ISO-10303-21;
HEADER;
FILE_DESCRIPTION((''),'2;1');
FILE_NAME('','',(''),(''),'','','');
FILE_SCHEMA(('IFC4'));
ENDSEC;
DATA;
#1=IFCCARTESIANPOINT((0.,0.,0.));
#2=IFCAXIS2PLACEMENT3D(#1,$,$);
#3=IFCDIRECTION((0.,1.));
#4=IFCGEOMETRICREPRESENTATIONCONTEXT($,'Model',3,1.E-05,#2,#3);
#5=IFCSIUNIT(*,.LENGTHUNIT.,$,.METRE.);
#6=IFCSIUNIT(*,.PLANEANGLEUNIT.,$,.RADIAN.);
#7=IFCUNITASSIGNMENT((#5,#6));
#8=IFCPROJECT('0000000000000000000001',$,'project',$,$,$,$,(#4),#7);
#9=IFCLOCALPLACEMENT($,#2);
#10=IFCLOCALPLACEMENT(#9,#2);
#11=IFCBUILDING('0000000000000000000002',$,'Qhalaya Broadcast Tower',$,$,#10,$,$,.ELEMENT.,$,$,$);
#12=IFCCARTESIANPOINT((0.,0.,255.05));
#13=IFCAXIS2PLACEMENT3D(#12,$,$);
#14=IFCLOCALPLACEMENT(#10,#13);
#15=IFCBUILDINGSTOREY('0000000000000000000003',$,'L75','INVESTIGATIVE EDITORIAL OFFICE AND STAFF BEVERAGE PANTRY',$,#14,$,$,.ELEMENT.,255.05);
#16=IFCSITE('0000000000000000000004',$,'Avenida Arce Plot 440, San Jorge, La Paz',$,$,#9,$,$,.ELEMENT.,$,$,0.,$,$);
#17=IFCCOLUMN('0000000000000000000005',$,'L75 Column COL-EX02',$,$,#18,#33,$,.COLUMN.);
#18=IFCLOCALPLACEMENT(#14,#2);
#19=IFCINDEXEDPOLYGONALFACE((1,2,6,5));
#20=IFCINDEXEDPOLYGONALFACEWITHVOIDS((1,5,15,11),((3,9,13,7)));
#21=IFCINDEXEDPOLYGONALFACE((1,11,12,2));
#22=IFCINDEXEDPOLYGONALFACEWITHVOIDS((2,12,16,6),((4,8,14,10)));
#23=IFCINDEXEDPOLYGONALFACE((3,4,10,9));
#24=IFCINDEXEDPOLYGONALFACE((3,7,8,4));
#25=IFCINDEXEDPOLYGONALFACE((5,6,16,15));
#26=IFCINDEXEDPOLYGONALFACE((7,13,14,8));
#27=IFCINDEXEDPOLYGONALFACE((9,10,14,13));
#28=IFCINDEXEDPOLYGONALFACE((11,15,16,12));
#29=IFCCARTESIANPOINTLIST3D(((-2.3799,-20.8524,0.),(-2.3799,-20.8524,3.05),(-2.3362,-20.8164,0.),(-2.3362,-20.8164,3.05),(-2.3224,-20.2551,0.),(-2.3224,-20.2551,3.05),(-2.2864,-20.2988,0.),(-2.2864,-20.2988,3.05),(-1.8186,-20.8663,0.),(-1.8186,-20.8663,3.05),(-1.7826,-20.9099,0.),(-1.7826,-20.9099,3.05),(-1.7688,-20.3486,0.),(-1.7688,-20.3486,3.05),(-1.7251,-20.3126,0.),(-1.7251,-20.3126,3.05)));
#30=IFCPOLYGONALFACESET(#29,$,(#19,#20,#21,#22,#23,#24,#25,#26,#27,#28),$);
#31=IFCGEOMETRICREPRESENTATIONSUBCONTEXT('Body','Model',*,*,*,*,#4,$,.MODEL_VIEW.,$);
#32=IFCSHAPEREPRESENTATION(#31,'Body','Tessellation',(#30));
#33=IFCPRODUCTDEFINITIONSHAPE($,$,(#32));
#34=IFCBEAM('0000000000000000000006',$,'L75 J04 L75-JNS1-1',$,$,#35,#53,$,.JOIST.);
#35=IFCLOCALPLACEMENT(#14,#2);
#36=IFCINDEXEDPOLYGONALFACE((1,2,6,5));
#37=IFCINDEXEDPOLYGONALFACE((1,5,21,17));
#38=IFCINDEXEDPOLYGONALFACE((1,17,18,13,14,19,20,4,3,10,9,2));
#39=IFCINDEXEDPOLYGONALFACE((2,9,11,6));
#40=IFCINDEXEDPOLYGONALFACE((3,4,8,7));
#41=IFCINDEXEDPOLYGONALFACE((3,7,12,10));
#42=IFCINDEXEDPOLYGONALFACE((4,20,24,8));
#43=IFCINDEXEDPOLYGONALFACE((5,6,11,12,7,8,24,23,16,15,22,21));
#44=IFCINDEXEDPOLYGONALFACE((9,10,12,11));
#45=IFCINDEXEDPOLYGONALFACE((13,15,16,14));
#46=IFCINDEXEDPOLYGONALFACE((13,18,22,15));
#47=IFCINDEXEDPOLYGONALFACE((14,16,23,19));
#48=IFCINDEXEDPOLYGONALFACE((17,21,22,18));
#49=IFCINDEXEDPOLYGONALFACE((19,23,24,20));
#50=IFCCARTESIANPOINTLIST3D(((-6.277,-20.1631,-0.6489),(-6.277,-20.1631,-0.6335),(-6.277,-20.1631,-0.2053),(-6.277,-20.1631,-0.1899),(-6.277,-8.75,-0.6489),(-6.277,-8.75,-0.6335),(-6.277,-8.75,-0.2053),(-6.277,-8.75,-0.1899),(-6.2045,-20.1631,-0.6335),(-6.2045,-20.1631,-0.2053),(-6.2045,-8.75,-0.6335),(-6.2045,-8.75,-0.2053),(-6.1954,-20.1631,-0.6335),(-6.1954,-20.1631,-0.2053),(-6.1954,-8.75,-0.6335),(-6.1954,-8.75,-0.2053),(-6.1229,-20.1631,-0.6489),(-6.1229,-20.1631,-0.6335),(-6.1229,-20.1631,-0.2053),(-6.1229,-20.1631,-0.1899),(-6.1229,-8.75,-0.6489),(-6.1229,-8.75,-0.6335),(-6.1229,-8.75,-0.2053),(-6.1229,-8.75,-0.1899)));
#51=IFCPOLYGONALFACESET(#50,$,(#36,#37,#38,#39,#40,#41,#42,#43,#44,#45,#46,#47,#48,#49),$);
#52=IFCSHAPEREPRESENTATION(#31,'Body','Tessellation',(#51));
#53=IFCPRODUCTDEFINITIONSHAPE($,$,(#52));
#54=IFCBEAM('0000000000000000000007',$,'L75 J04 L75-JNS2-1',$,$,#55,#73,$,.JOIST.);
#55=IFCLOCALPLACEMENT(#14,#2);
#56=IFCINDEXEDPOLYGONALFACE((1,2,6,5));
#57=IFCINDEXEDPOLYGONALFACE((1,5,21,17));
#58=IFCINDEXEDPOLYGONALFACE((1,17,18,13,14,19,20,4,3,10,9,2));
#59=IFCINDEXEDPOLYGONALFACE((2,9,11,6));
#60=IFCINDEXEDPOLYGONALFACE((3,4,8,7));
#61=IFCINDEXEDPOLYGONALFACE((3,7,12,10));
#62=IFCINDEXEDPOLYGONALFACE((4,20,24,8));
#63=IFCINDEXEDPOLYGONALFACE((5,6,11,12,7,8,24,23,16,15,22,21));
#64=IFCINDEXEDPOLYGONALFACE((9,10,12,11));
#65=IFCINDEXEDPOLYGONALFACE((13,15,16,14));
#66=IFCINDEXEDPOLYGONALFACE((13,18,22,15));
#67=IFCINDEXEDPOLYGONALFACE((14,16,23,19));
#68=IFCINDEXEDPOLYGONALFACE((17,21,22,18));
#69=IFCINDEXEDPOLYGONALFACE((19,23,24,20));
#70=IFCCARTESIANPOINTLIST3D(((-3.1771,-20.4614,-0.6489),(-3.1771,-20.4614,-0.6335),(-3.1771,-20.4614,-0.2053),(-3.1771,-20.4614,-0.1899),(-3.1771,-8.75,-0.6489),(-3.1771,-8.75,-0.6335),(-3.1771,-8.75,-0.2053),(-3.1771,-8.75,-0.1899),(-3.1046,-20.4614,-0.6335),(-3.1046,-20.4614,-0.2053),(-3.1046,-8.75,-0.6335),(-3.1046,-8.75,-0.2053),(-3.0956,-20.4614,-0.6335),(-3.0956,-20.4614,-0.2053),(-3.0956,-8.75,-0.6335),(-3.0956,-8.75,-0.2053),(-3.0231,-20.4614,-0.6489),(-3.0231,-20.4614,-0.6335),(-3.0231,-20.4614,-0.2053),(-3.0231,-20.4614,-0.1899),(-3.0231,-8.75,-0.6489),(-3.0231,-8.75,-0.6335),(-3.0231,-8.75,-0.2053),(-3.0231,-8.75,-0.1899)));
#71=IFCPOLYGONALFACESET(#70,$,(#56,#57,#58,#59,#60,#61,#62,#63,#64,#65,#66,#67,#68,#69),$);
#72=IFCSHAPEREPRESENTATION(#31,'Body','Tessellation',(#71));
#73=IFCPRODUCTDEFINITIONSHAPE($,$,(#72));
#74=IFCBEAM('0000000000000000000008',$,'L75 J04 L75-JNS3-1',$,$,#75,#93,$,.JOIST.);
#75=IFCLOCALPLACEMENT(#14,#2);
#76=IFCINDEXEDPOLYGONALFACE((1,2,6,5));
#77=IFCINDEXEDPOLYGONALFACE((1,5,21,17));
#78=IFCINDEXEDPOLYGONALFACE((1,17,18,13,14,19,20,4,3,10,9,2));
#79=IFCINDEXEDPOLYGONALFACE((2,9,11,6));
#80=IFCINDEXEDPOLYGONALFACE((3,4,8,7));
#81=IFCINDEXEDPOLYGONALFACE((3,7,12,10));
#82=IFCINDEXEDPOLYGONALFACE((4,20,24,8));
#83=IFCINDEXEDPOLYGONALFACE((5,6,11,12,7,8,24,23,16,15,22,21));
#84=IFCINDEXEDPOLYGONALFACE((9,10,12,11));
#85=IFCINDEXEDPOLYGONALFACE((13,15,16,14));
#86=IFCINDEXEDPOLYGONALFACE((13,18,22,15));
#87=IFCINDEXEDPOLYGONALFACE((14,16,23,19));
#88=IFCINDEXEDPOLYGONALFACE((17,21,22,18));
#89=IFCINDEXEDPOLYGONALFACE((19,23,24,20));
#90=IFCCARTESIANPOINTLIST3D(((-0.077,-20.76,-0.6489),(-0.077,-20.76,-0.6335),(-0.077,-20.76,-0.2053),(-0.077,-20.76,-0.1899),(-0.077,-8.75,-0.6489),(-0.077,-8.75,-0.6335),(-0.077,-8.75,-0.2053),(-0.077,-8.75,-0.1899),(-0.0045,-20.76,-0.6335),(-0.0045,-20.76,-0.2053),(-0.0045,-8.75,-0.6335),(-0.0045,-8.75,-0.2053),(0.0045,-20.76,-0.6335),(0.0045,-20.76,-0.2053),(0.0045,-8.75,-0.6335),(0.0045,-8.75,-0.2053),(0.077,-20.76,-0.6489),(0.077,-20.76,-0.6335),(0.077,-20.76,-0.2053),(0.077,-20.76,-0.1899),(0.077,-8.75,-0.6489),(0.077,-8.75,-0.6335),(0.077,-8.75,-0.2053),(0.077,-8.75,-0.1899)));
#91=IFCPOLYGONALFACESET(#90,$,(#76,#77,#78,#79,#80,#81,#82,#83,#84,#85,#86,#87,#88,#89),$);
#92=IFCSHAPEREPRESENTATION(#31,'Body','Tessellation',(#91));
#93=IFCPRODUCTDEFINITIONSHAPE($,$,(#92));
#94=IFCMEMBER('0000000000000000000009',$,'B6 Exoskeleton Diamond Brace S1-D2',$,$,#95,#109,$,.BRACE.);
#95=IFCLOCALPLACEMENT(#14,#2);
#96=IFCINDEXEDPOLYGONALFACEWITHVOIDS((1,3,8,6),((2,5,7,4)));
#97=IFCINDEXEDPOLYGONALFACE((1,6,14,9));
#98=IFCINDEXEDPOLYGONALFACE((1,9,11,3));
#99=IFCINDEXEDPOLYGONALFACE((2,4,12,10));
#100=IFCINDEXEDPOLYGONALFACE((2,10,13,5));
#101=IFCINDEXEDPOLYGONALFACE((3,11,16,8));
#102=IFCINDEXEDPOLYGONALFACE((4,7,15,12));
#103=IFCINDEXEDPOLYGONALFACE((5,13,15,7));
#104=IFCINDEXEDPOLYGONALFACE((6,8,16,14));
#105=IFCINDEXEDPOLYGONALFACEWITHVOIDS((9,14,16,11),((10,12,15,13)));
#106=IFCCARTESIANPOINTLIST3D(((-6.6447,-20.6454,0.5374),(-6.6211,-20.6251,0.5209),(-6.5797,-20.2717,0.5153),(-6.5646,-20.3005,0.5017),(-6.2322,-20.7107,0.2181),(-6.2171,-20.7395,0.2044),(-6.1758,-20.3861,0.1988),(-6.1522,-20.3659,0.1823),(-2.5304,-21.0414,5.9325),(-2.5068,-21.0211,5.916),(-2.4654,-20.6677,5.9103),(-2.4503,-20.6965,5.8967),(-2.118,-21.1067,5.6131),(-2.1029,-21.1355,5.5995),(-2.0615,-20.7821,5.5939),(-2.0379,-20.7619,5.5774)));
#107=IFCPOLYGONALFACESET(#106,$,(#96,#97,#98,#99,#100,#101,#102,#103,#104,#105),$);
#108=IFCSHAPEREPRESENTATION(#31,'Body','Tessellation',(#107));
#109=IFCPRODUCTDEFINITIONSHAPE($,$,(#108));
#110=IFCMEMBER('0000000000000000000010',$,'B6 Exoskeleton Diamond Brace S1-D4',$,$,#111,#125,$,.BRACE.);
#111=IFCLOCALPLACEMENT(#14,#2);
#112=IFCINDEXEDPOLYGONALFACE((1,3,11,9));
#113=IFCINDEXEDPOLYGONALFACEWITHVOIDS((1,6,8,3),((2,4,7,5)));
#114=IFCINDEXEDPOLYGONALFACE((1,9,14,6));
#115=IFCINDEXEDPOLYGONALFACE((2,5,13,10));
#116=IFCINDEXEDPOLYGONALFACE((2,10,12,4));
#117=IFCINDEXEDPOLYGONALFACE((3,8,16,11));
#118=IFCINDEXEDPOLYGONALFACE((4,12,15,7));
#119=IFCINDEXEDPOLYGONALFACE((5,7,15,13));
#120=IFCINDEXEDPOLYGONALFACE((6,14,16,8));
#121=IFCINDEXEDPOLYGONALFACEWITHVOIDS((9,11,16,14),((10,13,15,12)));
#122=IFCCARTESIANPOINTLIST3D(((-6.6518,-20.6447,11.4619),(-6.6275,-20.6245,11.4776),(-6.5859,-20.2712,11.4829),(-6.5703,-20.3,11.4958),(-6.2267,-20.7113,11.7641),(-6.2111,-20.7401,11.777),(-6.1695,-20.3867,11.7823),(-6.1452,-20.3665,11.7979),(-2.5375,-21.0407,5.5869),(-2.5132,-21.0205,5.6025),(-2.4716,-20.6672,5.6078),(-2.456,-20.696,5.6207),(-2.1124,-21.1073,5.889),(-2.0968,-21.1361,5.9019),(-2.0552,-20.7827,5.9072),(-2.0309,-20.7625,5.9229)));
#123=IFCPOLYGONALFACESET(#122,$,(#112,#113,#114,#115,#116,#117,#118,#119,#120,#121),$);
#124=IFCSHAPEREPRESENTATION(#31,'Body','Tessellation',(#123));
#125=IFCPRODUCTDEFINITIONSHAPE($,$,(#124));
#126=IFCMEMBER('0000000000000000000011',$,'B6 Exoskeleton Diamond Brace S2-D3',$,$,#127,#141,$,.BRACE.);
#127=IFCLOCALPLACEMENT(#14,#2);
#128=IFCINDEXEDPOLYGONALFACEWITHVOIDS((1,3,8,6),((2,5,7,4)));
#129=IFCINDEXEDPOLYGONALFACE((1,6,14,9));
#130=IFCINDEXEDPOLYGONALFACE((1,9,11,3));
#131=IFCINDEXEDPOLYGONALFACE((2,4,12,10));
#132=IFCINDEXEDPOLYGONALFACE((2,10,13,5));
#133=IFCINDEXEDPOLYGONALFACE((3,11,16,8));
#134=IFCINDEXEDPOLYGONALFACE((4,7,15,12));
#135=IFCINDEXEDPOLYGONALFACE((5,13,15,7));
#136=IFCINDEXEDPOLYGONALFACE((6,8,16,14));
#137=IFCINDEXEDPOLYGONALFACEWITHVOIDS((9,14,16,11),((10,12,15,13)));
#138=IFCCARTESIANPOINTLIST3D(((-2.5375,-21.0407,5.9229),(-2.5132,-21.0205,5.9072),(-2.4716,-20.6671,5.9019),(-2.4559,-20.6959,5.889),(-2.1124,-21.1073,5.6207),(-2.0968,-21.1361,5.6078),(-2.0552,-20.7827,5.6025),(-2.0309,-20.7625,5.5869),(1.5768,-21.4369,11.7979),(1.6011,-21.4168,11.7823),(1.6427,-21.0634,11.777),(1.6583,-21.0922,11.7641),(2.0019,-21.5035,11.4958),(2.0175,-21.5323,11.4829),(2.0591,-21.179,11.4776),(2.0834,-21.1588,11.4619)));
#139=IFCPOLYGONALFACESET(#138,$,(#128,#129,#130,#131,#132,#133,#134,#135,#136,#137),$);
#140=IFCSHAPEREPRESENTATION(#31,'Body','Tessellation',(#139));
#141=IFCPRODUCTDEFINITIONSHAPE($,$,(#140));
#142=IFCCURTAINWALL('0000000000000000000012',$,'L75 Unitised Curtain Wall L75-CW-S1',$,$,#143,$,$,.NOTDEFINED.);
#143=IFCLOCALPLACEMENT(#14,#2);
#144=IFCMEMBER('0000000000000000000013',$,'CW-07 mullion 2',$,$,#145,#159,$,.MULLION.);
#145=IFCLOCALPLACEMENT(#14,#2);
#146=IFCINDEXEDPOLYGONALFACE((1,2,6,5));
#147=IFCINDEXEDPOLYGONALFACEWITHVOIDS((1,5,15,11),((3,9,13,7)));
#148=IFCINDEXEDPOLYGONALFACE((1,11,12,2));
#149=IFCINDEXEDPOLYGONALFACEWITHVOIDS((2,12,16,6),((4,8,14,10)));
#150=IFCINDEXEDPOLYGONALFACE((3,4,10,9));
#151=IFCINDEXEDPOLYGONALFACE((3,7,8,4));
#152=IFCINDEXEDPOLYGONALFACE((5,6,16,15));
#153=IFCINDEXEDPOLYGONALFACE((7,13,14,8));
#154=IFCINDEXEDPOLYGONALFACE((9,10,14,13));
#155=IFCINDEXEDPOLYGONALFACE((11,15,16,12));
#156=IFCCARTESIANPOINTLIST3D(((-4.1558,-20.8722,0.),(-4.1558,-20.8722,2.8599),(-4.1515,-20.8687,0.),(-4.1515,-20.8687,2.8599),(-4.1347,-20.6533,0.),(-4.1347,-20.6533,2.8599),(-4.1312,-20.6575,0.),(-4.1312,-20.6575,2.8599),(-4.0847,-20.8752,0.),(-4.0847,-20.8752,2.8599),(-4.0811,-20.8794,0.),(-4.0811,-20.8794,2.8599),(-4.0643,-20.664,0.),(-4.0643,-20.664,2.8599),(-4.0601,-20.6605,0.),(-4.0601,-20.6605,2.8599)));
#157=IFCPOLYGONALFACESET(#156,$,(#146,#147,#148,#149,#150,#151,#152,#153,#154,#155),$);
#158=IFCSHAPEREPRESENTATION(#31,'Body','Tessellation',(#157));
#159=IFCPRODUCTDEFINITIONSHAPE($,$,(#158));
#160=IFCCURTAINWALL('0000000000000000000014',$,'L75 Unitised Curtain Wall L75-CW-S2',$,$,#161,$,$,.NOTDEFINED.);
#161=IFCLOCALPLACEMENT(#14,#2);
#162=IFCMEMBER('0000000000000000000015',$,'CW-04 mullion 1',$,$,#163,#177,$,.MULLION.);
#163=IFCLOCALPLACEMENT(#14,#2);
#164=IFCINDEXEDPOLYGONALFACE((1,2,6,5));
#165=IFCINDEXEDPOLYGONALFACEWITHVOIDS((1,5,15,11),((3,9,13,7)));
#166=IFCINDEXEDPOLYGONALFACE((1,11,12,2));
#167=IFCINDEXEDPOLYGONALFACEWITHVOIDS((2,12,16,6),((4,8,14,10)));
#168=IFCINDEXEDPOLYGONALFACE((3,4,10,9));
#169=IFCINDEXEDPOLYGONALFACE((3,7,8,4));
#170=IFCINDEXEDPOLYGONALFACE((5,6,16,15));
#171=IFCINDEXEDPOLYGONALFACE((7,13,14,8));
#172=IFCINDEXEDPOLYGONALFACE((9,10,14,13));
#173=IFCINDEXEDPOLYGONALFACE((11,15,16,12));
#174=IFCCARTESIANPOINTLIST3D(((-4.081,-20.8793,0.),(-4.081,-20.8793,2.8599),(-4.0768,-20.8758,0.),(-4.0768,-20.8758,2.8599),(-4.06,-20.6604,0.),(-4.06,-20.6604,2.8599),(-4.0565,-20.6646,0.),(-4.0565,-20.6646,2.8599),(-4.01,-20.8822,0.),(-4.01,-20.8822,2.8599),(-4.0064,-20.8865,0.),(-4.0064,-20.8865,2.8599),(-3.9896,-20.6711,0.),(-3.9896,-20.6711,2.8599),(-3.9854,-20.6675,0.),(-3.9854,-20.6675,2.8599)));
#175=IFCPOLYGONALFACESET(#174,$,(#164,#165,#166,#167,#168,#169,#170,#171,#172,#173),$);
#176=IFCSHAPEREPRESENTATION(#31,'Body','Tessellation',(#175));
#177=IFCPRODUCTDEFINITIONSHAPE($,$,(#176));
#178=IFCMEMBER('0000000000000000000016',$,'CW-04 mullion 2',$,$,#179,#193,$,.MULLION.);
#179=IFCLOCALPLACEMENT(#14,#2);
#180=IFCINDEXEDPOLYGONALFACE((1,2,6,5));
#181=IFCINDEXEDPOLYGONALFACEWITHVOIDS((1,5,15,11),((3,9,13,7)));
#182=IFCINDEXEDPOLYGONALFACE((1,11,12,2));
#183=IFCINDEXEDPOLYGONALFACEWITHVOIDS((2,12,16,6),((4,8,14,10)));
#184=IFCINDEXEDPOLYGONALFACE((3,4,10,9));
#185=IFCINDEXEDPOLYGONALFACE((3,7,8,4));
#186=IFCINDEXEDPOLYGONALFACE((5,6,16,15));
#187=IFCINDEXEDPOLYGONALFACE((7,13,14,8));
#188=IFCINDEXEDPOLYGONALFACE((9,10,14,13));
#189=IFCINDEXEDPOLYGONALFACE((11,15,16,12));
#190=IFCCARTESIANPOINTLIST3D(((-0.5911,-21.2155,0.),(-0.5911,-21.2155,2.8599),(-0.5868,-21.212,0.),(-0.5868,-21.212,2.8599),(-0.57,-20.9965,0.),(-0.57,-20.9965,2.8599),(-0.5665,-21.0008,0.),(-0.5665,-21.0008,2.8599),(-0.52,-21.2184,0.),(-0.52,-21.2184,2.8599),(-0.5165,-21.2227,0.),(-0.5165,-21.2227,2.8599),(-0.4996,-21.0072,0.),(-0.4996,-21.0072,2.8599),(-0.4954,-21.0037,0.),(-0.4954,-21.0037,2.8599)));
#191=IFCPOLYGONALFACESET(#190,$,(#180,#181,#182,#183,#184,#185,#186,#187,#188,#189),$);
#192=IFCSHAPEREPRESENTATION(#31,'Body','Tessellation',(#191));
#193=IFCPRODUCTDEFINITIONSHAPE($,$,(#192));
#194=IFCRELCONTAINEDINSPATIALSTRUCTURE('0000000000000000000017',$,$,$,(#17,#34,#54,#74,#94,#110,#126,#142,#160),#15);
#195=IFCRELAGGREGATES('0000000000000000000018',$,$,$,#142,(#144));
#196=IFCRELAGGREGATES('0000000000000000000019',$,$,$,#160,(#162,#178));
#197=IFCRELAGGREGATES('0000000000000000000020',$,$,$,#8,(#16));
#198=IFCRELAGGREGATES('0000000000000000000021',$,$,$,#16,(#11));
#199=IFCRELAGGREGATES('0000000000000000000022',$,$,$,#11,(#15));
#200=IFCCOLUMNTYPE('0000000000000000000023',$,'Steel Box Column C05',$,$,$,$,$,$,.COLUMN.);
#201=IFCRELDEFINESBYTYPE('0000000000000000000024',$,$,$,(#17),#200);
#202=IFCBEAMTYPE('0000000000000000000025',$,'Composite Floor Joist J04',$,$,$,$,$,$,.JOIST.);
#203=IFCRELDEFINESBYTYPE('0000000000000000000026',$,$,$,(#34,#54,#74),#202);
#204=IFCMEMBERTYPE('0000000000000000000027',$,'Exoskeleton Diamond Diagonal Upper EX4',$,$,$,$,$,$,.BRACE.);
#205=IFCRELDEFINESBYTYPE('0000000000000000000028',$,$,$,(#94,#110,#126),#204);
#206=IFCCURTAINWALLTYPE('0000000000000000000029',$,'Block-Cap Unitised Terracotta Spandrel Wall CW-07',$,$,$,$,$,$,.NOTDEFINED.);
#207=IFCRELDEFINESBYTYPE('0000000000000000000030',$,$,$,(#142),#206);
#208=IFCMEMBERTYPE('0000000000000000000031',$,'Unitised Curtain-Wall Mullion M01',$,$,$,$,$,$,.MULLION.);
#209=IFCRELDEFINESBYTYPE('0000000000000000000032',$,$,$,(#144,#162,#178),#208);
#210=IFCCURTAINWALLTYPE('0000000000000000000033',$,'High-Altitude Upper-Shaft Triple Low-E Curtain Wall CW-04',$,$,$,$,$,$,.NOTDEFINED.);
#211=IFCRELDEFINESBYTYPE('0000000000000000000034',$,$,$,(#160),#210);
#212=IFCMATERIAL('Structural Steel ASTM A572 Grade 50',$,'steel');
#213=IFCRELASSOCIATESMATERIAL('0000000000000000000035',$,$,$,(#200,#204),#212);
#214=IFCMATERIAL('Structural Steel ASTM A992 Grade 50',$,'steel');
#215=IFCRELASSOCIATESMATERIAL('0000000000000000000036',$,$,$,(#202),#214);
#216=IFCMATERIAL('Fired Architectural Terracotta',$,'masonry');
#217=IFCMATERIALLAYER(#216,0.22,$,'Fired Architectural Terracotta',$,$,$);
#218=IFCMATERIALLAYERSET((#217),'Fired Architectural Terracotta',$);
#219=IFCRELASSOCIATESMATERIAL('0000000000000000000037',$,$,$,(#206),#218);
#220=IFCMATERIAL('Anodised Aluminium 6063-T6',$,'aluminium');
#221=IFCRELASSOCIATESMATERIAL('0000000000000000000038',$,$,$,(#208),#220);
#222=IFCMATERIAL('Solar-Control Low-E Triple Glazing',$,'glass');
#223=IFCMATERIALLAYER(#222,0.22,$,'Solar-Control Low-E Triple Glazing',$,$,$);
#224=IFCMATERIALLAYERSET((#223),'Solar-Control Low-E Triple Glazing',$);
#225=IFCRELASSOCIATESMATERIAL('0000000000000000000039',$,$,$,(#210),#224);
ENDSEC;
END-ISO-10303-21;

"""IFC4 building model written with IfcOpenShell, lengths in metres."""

from ifc_helpers import new_model, si_unit, direction, frame, origin, origin_2d, place, context, subcontext, project, spatial, hollow_rectangle, i_section, extrude, material, layer, layer_set, material_profile, profile_set, type_object, element, aggregate, save


model = new_model("IFC4")

# Units and contexts
model_context = context("Model", 3, precision=1e-05, world=origin(), true_north=direction((0.0, 1.0)))
body_context = subcontext(model_context, "Body", "Model", "MODEL_VIEW")
ifc_project = project(units=[si_unit("LENGTHUNIT", "METRE"), si_unit("PLANEANGLEUNIT", "RADIAN")], contexts=[model_context])

# Site, building, storey
site_placement = place(None, origin())
site = spatial("IfcSite", under=ifc_project, at=site_placement, Name="Avenida Arce Plot 440, San Jorge, La Paz", CompositionType="ELEMENT", RefElevation=0.0)
building_placement = place(site_placement, origin())
building = spatial("IfcBuilding", under=site, at=building_placement, Name="Qhalaya Broadcast Tower", CompositionType="ELEMENT")
storey_placement = place(building_placement, frame((0.0, 0.0, 255.05)))
storey = spatial("IfcBuildingStorey", under=building, at=storey_placement, Name="L75", Description="INVESTIGATIVE EDITORIAL OFFICE AND STAFF BEVERAGE PANTRY", CompositionType="ELEMENT", Elevation=255.05)

# Column
ifc_material_1 = material(Name="Structural Steel ASTM A572 Grade 50", Category="steel")
ifc_material_profile_1 = material_profile(ifc_material_1, hollow_rectangle(XDim=0.6001, YDim=0.6001, WallThickness=0.04, at=origin_2d()), Name="BOX 600x600x40")
ifc_profile_set_1 = profile_set([ifc_material_profile_1], Name="Structural Steel ASTM A572 Grade 50")
column_type = type_object("IfcColumnType", Name="Steel Box Column C05", PredefinedType="COLUMN", material=ifc_profile_set_1)
column_placement = place(storey_placement, frame((-2.0525, -20.5825, 0.0), z_axis=(0.0, 0.0, 1.0), x_axis=(0.995396, -0.095846, 0.0)))
element("IfcColumn", 1, at=column_placement, inside=storey, type_object=column_type, Name="L75 Column COL-EX02", PredefinedType="COLUMN", context=body_context, shape_type="SweptSolid", body=[
    extrude(hollow_rectangle(XDim=0.6001, YDim=0.6001, WallThickness=0.04, at=origin_2d()), origin(), (0.0, 0.0, 1.0), 3.05),
])

# Beams
ifc_material_2 = material(Name="Structural Steel ASTM A992 Grade 50", Category="steel")
ifc_material_profile_2 = material_profile(ifc_material_2, i_section(OverallWidth=0.1541, OverallDepth=0.459, WebThickness=0.009, FlangeThickness=0.0154, at=origin_2d()), Name="W18X46")
ifc_profile_set_2 = profile_set([ifc_material_profile_2], Name="Structural Steel ASTM A992 Grade 50")
beam_type_1 = type_object("IfcBeamType", Name="Composite Floor Joist J04", PredefinedType="JOIST", material=ifc_profile_set_2)
beam_1_placement = place(storey_placement, frame((-6.2, -20.1631, -0.4194), z_axis=(0.0, 1.0, 0.0), x_axis=(-1.0, 0.0, 0.0)))
element("IfcBeam", 2, at=beam_1_placement, inside=storey, type_object=beam_type_1, Name="L75 J04 L75-JNS1-1", PredefinedType="JOIST", context=body_context, shape_type="SweptSolid", body=[
    extrude(i_section(OverallWidth=0.1541, OverallDepth=0.459, WebThickness=0.009, FlangeThickness=0.0154, at=origin_2d()), origin(), (0.0, 0.0, 1.0), 11.4131),
])
beam_2_placement = place(storey_placement, frame((-3.1001, -20.4614, -0.4194), z_axis=(0.0, 1.0, 0.0), x_axis=(-1.0, 0.0, 0.0)))
element("IfcBeam", 3, at=beam_2_placement, inside=storey, type_object=beam_type_1, Name="L75 J04 L75-JNS2-1", PredefinedType="JOIST", context=body_context, shape_type="SweptSolid", body=[
    extrude(i_section(OverallWidth=0.1541, OverallDepth=0.459, WebThickness=0.009, FlangeThickness=0.0154, at=origin_2d()), origin(), (0.0, 0.0, 1.0), 11.7114),
])
beam_3_placement = place(storey_placement, frame((0.0, -20.76, -0.4194), z_axis=(0.0, 1.0, 0.0), x_axis=(-1.0, 0.0, 0.0)))
element("IfcBeam", 4, at=beam_3_placement, inside=storey, type_object=beam_type_1, Name="L75 J04 L75-JNS3-1", PredefinedType="JOIST", context=body_context, shape_type="SweptSolid", body=[
    extrude(i_section(OverallWidth=0.1541, OverallDepth=0.459, WebThickness=0.009, FlangeThickness=0.0154, at=origin_2d()), origin(), (0.0, 0.0, 1.0), 12.01),
])

# Members
ifc_material_profile_3 = material_profile(ifc_material_1, hollow_rectangle(XDim=0.3799, YDim=0.55, WallThickness=0.0249, at=origin_2d()), Name="BOX 380x550x25")
ifc_profile_set_3 = profile_set([ifc_material_profile_3], Name="Structural Steel ASTM A572 Grade 50")
member_type_1 = type_object("IfcMemberType", Name="Exoskeleton Diamond Diagonal Upper EX4", PredefinedType="BRACE", material=ifc_profile_set_3)
member_1_placement = place(storey_placement, frame((-6.3984, -20.5056, 0.3599), z_axis=(0.605364, -0.058266, 0.793813), x_axis=(0.171099, 0.983528, -0.05829)))
element("IfcMember", 5, at=member_1_placement, inside=storey, type_object=member_type_1, Name="B6 Exoskeleton Diamond Brace S1-D2", PredefinedType="BRACE", context=body_context, shape_type="SweptSolid", body=[
    extrude(hollow_rectangle(XDim=0.3799, YDim=0.55, WallThickness=0.0249, at=origin_2d()), origin(), (0.0, 0.0, 1.0), 6.7964),
])
for number, where, z_axis, x_axis, name in (
    (6, (-2.2842, -20.9016, 5.7549), (-0.572755, 0.055127, 0.817871), (-0.173395, -0.983307, -0.05515), "B6 Exoskeleton Diamond Brace S1-D4"),
    (7, (-2.2842, -20.9016, 5.7549), (0.572753, -0.055161, 0.81787), (0.173452, 0.983297, -0.05515), "B6 Exoskeleton Diamond Brace S2-D3"),
):
    element("IfcMember", number, at=place(storey_placement, frame(where, z_axis=z_axis, x_axis=x_axis)), inside=storey, type_object=member_type_1, Name=name, PredefinedType="BRACE", context=body_context, shape_type="SweptSolid", body=[
        extrude(hollow_rectangle(XDim=0.3799, YDim=0.55, WallThickness=0.0249, at=origin_2d()), origin(), (0.0, 0.0, 1.0), 7.1833),
    ])

# Curtain wall, member
ifc_material_3 = material(Name="Fired Architectural Terracotta", Category="masonry")
ifc_layer_1 = layer(ifc_material_3, 0.22, Name="Fired Architectural Terracotta")
ifc_layer_set_1 = layer_set([ifc_layer_1], Name="Fired Architectural Terracotta")
curtain_wall_type_1 = type_object("IfcCurtainWallType", Name="Block-Cap Unitised Terracotta Spandrel Wall CW-07", PredefinedType="NOTDEFINED", material=ifc_layer_set_1)
curtain_wall_1_placement = place(storey_placement, origin())
curtain_wall_1 = element("IfcCurtainWall", 8, at=curtain_wall_1_placement, inside=storey, type_object=curtain_wall_type_1, Name="L75 Unitised Curtain Wall L75-CW-S1", PredefinedType="NOTDEFINED")
ifc_material_4 = material(Name="Anodised Aluminium 6063-T6", Category="aluminium")
ifc_material_profile_4 = material_profile(ifc_material_4, hollow_rectangle(XDim=0.075, YDim=0.22, WallThickness=0.0039, at=origin_2d()), Name="ALU-MUL 75x220x4")
ifc_profile_set_4 = profile_set([ifc_material_profile_4], Name="Anodised Aluminium 6063-T6")
member_type_2 = type_object("IfcMemberType", Name="Unitised Curtain-Wall Mullion M01", PredefinedType="MULLION", material=ifc_profile_set_4)
member_2_placement = place(storey_placement, frame((-4.1079, -20.7664, 0.0), z_axis=(0.0, 0.0, 1.0), x_axis=(0.995396, -0.095848, 0.0)))
member_2 = element("IfcMember", 9, at=member_2_placement, type_object=member_type_2, Name="CW-07 mullion 2", PredefinedType="MULLION", context=body_context, shape_type="SweptSolid", body=[
    extrude(hollow_rectangle(XDim=0.075, YDim=0.22, WallThickness=0.0039, at=origin_2d()), origin(), (0.0, 0.0, 1.0), 2.8599),
])
aggregate(curtain_wall_1, [member_2])

# Curtain wall, members
ifc_material_5 = material(Name="Solar-Control Low-E Triple Glazing", Category="glass")
ifc_layer_2 = layer(ifc_material_5, 0.22, Name="Solar-Control Low-E Triple Glazing")
ifc_layer_set_2 = layer_set([ifc_layer_2], Name="Solar-Control Low-E Triple Glazing")
curtain_wall_type_2 = type_object("IfcCurtainWallType", Name="High-Altitude Upper-Shaft Triple Low-E Curtain Wall CW-04", PredefinedType="NOTDEFINED", material=ifc_layer_set_2)
curtain_wall_2_placement = place(storey_placement, origin())
curtain_wall_2 = element("IfcCurtainWall", 10, at=curtain_wall_2_placement, inside=storey, type_object=curtain_wall_type_2, Name="L75 Unitised Curtain Wall L75-CW-S2", PredefinedType="NOTDEFINED")
member_3_placement = place(storey_placement, frame((-4.0332, -20.7734, 0.0), z_axis=(0.0, 0.0, 1.0), x_axis=(0.995397, -0.095837, 0.0)))
member_3 = element("IfcMember", 11, at=member_3_placement, type_object=member_type_2, Name="CW-04 mullion 1", PredefinedType="MULLION", context=body_context, shape_type="SweptSolid", body=[
    extrude(hollow_rectangle(XDim=0.075, YDim=0.22, WallThickness=0.0039, at=origin_2d()), origin(), (0.0, 0.0, 1.0), 2.8599),
])
member_4_placement = place(storey_placement, frame((-0.5432, -21.1096, 0.0), z_axis=(0.0, 0.0, 1.0), x_axis=(0.995397, -0.095837, 0.0)))
member_4 = element("IfcMember", 12, at=member_4_placement, type_object=member_type_2, Name="CW-04 mullion 2", PredefinedType="MULLION", context=body_context, shape_type="SweptSolid", body=[
    extrude(hollow_rectangle(XDim=0.075, YDim=0.22, WallThickness=0.0039, at=origin_2d()), origin(), (0.0, 0.0, 1.0), 2.8599),
])

aggregate(curtain_wall_2, [member_3, member_4])

save(model, "model.ifc")
